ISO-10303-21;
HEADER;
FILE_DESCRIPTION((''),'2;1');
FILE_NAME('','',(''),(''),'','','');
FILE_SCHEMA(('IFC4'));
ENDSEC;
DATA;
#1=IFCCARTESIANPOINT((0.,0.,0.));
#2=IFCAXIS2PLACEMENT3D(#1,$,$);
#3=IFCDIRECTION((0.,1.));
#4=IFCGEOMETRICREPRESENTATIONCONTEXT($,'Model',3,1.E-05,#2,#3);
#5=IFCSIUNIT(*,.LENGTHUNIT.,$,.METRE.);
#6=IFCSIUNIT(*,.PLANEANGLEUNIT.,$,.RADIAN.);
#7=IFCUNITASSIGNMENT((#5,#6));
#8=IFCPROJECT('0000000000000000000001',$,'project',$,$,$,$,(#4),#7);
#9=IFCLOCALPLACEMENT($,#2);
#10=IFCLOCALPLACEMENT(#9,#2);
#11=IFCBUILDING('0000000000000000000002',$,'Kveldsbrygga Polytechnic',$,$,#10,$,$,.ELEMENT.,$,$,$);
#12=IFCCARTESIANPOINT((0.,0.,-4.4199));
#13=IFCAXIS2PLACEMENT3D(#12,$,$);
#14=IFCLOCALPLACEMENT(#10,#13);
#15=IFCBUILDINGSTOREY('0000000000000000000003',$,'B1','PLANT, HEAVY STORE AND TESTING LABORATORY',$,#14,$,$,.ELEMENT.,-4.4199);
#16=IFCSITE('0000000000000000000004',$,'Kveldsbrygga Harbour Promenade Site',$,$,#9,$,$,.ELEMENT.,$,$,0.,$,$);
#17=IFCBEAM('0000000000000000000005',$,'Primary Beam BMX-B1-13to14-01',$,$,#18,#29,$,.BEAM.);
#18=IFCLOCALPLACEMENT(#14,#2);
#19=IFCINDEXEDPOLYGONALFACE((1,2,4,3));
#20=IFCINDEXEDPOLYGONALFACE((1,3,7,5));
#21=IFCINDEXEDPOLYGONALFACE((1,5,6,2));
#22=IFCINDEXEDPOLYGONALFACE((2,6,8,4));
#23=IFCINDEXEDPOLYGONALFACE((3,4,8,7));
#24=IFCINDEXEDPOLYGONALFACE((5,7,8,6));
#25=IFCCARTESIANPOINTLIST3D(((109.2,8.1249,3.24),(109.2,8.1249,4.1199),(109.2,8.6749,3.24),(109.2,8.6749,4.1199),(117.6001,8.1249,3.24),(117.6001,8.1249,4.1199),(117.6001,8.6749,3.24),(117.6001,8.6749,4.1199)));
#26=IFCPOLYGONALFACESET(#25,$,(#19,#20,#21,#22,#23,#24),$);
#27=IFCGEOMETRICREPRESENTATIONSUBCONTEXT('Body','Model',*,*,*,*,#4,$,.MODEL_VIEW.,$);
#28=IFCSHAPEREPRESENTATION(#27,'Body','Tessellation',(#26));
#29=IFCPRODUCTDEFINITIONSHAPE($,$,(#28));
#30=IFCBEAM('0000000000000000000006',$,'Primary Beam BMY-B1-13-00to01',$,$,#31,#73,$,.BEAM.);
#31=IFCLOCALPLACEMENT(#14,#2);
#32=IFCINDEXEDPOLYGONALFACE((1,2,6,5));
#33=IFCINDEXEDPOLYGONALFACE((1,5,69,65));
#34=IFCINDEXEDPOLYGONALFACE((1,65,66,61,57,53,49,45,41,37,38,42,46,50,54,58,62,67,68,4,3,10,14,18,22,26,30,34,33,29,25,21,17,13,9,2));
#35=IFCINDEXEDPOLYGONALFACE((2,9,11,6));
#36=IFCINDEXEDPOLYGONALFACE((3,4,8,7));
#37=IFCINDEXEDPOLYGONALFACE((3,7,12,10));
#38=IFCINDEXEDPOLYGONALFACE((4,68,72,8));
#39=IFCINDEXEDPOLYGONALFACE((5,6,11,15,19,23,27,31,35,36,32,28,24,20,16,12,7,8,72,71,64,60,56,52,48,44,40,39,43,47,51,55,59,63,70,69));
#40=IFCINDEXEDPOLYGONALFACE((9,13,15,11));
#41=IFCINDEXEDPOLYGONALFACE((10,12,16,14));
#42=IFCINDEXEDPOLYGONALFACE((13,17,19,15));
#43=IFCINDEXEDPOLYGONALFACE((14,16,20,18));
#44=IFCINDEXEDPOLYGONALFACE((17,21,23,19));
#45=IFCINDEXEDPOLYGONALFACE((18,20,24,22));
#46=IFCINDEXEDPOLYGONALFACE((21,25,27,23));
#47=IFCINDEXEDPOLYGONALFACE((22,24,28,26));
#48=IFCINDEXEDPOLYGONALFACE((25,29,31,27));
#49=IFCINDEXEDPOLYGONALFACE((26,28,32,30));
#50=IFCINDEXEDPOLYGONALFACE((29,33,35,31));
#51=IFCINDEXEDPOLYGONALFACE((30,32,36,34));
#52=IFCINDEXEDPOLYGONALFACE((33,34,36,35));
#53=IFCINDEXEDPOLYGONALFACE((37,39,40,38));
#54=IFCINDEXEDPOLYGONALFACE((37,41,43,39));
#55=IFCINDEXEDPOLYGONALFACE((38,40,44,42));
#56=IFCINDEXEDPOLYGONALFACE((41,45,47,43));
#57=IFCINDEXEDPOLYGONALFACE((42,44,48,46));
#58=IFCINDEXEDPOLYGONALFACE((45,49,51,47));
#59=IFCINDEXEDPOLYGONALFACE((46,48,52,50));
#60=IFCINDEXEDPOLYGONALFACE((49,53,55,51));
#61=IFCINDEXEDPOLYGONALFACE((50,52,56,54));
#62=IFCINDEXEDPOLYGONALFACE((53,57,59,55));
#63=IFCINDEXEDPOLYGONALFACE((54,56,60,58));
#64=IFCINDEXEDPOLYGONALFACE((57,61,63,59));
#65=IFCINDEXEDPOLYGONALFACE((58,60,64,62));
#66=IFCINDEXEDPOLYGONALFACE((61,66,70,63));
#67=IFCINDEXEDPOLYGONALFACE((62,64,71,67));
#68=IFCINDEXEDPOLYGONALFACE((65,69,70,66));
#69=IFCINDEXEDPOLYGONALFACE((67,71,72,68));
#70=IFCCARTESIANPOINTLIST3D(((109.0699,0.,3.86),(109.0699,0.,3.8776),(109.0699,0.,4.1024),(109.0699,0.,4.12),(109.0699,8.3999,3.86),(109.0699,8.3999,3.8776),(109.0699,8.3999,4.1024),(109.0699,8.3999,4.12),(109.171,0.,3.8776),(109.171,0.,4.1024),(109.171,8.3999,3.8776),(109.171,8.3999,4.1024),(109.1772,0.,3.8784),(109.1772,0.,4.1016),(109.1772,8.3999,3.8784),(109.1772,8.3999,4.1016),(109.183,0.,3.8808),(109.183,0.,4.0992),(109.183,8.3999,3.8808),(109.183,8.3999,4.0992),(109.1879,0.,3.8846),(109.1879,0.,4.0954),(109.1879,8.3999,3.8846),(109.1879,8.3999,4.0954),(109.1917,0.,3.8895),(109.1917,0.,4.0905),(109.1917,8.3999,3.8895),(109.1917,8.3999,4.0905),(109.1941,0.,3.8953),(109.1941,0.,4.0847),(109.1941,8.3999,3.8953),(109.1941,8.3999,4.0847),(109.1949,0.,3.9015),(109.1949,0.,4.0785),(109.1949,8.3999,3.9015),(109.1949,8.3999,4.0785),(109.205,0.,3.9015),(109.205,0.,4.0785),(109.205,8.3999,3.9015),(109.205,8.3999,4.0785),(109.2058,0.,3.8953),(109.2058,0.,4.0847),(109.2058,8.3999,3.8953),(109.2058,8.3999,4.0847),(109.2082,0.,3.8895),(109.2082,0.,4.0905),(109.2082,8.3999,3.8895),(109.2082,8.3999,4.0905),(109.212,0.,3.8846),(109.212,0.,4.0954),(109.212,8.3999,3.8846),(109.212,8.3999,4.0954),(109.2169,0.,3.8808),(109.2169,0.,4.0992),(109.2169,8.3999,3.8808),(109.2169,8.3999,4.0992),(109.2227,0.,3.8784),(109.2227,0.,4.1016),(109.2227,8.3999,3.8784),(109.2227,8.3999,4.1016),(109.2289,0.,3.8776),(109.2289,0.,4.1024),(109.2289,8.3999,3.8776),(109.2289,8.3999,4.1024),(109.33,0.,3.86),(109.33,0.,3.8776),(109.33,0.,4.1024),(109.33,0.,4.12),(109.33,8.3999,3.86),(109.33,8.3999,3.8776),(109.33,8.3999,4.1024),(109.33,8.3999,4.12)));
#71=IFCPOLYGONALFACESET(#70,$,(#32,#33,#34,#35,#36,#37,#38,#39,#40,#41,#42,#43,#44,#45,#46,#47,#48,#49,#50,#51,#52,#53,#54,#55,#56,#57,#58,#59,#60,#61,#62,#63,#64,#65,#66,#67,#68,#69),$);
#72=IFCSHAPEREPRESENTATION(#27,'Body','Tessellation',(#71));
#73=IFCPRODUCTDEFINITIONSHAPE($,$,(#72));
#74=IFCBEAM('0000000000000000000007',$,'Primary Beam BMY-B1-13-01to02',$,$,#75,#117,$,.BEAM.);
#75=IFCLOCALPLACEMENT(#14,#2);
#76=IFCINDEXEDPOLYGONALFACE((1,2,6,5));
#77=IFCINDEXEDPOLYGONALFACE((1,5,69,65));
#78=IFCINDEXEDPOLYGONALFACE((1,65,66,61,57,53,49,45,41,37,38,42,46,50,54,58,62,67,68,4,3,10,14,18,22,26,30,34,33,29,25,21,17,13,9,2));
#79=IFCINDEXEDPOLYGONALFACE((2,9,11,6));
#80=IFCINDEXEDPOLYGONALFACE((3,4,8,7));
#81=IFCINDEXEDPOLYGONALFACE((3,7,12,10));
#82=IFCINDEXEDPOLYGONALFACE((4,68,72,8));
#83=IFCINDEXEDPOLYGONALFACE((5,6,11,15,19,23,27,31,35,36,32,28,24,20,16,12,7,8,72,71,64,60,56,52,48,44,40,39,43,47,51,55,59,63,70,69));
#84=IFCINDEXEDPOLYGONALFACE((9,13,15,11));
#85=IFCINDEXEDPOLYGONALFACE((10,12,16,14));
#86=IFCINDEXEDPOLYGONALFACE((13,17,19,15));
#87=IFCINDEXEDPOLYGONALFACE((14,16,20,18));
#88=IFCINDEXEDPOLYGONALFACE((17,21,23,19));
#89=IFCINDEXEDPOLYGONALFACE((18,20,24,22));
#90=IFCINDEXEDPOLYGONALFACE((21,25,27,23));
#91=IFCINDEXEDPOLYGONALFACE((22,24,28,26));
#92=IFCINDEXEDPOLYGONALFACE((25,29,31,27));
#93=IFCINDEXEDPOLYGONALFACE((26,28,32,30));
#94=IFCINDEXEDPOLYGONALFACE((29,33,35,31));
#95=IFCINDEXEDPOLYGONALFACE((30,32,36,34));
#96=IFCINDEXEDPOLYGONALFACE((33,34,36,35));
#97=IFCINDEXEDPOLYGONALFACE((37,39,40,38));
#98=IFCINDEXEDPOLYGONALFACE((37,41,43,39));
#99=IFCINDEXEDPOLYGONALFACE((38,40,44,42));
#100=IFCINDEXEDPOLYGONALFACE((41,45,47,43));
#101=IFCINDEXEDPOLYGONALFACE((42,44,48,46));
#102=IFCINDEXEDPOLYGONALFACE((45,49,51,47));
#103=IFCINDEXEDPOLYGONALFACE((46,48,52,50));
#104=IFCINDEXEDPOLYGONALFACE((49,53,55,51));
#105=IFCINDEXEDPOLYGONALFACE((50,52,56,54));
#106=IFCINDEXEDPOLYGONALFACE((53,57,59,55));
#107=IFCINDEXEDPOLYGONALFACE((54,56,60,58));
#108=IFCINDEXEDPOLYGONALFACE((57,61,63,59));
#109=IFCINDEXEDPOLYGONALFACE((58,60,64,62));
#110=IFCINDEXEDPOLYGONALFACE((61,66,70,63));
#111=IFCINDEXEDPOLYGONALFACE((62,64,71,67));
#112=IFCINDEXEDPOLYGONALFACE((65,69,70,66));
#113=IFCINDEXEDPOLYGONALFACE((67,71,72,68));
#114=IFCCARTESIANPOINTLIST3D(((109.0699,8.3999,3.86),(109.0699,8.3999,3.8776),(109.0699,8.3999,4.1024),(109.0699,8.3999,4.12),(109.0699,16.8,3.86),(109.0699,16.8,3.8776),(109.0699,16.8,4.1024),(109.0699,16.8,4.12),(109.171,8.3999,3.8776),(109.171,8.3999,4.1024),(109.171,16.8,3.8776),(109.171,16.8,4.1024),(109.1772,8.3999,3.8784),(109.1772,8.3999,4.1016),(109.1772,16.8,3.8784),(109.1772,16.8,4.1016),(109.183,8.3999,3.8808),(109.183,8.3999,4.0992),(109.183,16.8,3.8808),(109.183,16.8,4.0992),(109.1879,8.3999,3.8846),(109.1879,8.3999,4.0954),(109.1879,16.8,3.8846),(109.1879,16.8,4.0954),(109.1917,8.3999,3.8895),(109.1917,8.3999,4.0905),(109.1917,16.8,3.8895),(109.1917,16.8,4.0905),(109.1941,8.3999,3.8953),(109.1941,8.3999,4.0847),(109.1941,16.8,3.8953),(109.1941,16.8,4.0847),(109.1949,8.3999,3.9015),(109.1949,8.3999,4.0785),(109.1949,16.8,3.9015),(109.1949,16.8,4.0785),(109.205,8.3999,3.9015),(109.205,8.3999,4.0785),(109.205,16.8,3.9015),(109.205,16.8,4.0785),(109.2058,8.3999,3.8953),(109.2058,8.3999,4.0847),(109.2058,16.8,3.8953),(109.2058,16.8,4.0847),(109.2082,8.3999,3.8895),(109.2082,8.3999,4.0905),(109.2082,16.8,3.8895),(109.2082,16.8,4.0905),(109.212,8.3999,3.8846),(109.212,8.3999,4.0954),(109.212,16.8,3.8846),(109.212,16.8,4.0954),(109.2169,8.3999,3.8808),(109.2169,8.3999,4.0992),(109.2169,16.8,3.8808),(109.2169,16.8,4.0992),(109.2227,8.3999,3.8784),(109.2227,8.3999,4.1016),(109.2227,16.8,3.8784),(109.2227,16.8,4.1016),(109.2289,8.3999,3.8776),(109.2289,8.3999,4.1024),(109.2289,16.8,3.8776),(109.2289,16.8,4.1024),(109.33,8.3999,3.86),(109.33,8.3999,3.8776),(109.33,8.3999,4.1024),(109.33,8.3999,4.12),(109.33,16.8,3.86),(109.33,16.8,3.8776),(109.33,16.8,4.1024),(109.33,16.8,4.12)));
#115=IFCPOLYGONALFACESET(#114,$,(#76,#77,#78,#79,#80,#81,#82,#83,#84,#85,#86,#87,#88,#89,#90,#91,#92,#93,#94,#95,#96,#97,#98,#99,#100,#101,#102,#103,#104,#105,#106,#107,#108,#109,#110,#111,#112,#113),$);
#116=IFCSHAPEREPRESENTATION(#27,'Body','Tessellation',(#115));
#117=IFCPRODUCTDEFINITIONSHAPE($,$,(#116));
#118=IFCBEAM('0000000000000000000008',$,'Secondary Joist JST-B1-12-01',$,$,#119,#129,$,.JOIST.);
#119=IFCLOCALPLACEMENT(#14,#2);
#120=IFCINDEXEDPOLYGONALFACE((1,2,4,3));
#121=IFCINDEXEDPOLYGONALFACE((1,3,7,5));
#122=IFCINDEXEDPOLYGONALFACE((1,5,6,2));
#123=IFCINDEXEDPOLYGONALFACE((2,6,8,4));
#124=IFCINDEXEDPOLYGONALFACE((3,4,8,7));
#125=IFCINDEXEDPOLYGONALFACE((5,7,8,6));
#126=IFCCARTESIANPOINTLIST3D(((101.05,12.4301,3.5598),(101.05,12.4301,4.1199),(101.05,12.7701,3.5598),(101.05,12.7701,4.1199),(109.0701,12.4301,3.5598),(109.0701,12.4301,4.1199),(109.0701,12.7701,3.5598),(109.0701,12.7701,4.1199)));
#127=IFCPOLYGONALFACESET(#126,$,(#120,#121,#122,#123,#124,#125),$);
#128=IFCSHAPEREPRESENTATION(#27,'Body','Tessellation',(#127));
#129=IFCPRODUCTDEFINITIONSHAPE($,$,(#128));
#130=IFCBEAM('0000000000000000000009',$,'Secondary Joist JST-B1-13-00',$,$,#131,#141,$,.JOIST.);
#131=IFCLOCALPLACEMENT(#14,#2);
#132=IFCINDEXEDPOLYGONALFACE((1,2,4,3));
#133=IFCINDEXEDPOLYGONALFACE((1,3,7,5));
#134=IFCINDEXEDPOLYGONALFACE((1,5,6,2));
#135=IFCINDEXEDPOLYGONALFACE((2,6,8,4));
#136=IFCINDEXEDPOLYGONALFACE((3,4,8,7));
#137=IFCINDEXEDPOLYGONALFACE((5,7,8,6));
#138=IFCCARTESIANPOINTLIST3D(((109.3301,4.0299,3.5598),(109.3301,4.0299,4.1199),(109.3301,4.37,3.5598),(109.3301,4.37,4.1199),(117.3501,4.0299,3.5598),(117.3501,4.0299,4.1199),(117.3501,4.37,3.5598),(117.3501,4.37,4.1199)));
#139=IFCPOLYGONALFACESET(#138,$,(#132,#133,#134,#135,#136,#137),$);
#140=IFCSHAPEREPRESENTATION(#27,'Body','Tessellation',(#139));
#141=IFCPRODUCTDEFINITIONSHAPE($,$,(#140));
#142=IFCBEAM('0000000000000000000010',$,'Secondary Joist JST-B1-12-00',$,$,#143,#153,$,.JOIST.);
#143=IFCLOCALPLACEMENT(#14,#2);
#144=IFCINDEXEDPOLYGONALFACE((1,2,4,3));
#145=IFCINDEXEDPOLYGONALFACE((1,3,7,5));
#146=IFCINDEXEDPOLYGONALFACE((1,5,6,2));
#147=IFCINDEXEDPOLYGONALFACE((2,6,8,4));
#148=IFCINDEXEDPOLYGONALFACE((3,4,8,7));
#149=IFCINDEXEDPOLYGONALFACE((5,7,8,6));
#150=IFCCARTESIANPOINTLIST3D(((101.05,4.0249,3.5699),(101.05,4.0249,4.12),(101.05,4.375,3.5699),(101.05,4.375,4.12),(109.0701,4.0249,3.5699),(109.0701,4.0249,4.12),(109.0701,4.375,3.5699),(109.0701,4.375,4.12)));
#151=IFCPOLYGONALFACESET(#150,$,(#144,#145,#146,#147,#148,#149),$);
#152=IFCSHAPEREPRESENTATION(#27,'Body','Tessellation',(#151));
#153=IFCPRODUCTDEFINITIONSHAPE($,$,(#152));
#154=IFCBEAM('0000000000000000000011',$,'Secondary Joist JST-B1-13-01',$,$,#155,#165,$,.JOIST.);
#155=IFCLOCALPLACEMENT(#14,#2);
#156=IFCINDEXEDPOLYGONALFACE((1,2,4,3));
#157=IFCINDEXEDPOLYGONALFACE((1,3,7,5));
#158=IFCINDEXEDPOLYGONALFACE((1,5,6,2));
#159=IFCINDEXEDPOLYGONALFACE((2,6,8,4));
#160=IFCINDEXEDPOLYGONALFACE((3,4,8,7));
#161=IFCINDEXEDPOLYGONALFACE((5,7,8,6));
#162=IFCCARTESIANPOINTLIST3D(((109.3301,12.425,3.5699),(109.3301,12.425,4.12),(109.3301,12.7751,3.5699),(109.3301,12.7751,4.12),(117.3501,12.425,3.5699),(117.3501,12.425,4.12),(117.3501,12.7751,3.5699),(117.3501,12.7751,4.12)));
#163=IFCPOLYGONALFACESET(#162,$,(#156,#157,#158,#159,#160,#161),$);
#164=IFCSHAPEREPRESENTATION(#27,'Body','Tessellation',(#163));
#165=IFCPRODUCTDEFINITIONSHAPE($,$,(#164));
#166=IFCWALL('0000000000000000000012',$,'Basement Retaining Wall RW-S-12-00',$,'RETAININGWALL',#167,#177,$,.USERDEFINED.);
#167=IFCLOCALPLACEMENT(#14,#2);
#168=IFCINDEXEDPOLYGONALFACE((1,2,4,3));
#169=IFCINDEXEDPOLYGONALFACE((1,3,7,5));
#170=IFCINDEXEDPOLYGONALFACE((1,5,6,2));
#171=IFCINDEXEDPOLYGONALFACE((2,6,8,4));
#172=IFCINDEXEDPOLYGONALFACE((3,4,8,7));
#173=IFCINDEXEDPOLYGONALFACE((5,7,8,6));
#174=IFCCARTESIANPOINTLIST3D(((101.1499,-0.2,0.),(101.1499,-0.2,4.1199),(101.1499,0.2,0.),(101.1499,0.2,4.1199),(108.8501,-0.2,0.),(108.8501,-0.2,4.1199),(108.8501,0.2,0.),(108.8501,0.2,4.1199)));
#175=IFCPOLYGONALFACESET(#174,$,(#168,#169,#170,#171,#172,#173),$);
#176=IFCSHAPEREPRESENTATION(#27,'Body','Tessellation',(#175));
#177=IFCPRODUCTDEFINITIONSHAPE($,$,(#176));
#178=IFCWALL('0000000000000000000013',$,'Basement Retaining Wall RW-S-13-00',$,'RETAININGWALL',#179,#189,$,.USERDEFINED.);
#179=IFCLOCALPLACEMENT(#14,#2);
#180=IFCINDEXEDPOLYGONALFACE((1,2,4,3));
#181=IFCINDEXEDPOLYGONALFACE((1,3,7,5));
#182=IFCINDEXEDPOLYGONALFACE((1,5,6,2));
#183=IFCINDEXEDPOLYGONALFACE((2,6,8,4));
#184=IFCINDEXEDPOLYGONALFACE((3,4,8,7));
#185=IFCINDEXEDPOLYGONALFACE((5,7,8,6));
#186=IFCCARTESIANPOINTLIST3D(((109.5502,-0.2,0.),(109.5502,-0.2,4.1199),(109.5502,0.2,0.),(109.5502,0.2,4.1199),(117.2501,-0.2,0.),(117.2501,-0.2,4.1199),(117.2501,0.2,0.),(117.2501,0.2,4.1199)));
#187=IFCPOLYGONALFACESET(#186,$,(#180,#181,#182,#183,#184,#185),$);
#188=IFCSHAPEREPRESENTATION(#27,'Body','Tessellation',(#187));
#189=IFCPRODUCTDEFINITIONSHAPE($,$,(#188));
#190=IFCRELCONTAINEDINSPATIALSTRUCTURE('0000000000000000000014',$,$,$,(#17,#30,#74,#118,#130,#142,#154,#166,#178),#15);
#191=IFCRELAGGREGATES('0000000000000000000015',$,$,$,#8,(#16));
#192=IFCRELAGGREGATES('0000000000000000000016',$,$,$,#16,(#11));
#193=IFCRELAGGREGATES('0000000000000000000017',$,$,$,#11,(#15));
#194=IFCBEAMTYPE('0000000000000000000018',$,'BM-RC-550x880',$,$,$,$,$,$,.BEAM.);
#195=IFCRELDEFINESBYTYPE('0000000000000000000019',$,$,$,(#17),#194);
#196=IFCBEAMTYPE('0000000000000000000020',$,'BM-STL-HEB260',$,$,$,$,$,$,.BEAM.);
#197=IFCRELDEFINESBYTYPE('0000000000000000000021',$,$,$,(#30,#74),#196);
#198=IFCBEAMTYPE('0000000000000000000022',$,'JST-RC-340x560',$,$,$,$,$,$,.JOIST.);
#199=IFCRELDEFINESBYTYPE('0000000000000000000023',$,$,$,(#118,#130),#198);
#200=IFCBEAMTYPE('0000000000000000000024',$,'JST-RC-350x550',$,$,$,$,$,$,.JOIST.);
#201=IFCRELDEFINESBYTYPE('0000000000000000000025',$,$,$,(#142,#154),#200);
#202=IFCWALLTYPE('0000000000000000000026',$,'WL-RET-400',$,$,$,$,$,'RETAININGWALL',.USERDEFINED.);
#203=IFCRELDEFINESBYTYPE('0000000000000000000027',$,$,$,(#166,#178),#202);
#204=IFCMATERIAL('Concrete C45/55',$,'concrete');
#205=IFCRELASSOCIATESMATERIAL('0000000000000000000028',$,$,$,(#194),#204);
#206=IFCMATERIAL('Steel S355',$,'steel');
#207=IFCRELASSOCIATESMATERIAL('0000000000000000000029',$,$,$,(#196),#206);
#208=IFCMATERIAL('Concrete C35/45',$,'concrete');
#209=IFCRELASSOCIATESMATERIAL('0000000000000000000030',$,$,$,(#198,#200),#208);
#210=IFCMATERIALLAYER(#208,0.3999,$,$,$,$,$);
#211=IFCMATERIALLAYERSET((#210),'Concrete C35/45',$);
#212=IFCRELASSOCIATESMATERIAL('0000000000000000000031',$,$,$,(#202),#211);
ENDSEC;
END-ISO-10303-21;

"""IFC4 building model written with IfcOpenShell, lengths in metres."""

from ifc_helpers import new_model, si_unit, direction, frame, frame_2d, origin, origin_2d, place, context, subcontext, project, spatial, rectangle, i_section, extrude, material, layer, layer_set, material_profile, profile_set, type_object, element, save


model = new_model("IFC4")

# Units and contexts
model_context = context("Model", 3, precision=1e-05, world=origin(), true_north=direction((0.0, 1.0)))
body_context = subcontext(model_context, "Body", "Model", "MODEL_VIEW")
ifc_project = project(units=[si_unit("LENGTHUNIT", "METRE"), si_unit("PLANEANGLEUNIT", "RADIAN")], contexts=[model_context])

# Site, building, storey
site_placement = place(None, origin())
site = spatial("IfcSite", under=ifc_project, at=site_placement, Name="Kveldsbrygga Harbour Promenade Site", CompositionType="ELEMENT", RefElevation=0.0)
building_placement = place(site_placement, origin())
building = spatial("IfcBuilding", under=site, at=building_placement, Name="Kveldsbrygga Polytechnic", CompositionType="ELEMENT")
storey_placement = place(building_placement, frame((0.0, 0.0, -4.4199)))
storey = spatial("IfcBuildingStorey", under=building, at=storey_placement, Name="B1", Description="PLANT, HEAVY STORE AND TESTING LABORATORY", CompositionType="ELEMENT", Elevation=-4.4199)

# Shared definitions
ifc_material_1 = material(Name="Concrete C45/55", Category="concrete")

# Beams
ifc_material_2 = material(Name="Concrete C35/45", Category="concrete")
ifc_material_profile_1 = material_profile(ifc_material_1, rectangle(XDim=0.55, YDim=0.8799, at=origin_2d()), Name="RC 550x880")
ifc_profile_set_1 = profile_set([ifc_material_profile_1], Name="Concrete C45/55")
beam_type_1 = type_object("IfcBeamType", Name="BM-RC-550x880", PredefinedType="BEAM", material=ifc_profile_set_1)
beam_1_placement = place(storey_placement, frame((109.2, 8.3999, 3.6799), z_axis=(1.0, 0.0, 0.0), x_axis=(0.0, 1.0, 0.0)))
element("IfcBeam", 1, at=beam_1_placement, inside=storey, type_object=beam_type_1, Name="Primary Beam BMX-B1-13to14-01", PredefinedType="BEAM", context=body_context, shape_type="SweptSolid", body=[
    extrude(rectangle(XDim=0.55, YDim=0.8799, at=origin_2d()), origin(), (0.0, 0.0, 1.0), 8.4001),
])
ifc_material_3 = material(Name="Steel S355", Category="steel")
ifc_material_profile_2 = material_profile(ifc_material_3, i_section(OverallWidth=0.26, OverallDepth=0.26, WebThickness=0.01, FlangeThickness=0.0176, FilletRadius=0.0239, at=origin_2d()), Name="HEB 260")
ifc_profile_set_2 = profile_set([ifc_material_profile_2], Name="Steel S355")
beam_type_2 = type_object("IfcBeamType", Name="BM-STL-HEB260", PredefinedType="BEAM", material=ifc_profile_set_2)
beam_2_placement = place(storey_placement, frame((109.2, 0.0, 3.99), z_axis=(0.0, 1.0, 0.0), x_axis=(-1.0, 0.0, 0.0)))
element("IfcBeam", 2, at=beam_2_placement, inside=storey, type_object=beam_type_2, Name="Primary Beam BMY-B1-13-00to01", PredefinedType="BEAM", context=body_context, shape_type="SweptSolid", body=[
    extrude(i_section(OverallWidth=0.26, OverallDepth=0.26, WebThickness=0.01, FlangeThickness=0.0176, FilletRadius=0.0239, at=origin_2d()), origin(), (0.0, 0.0, 1.0), 8.3999),
])
beam_3_placement = place(storey_placement, frame((109.2, 8.3999, 3.99), z_axis=(0.0, 1.0, 0.0), x_axis=(-1.0, 0.0, 0.0)))
element("IfcBeam", 3, at=beam_3_placement, inside=storey, type_object=beam_type_2, Name="Primary Beam BMY-B1-13-01to02", PredefinedType="BEAM", context=body_context, shape_type="SweptSolid", body=[
    extrude(i_section(OverallWidth=0.26, OverallDepth=0.26, WebThickness=0.01, FlangeThickness=0.0176, FilletRadius=0.0239, at=origin_2d()), origin(), (0.0, 0.0, 1.0), 8.4001),
])
ifc_material_profile_3 = material_profile(ifc_material_2, rectangle(XDim=0.3401, YDim=0.5601, at=origin_2d()), Name="RC 340x560")
ifc_profile_set_3 = profile_set([ifc_material_profile_3], Name="Concrete C35/45")
beam_type_3 = type_object("IfcBeamType", Name="JST-RC-340x560", PredefinedType="JOIST", material=ifc_profile_set_3)
for number, where, z_axis, x_axis, name in (
    (4, (101.05, 12.6001, 3.8398), (1.0, 0.0, 0.0), (0.0, 1.0, 0.0), "Secondary Joist JST-B1-12-01"),
    (5, (109.3301, 4.2, 3.8398), (1.0, 0.0, 0.0), (0.0, 1.0, 0.0), "Secondary Joist JST-B1-13-00"),
):
    element("IfcBeam", number, at=place(storey_placement, frame(where, z_axis=z_axis, x_axis=x_axis)), inside=storey, type_object=beam_type_3, Name=name, PredefinedType="JOIST", context=body_context, shape_type="SweptSolid", body=[
        extrude(rectangle(XDim=0.3401, YDim=0.5601, at=origin_2d()), origin(), (0.0, 0.0, 1.0), 8.02),
    ])
ifc_material_profile_4 = material_profile(ifc_material_2, rectangle(XDim=0.3501, YDim=0.55, at=origin_2d()), Name="RC 350x550")
ifc_profile_set_4 = profile_set([ifc_material_profile_4], Name="Concrete C35/45")
beam_type_4 = type_object("IfcBeamType", Name="JST-RC-350x550", PredefinedType="JOIST", material=ifc_profile_set_4)
for number, where, z_axis, x_axis, name in (
    (6, (101.05, 4.2, 3.845), (1.0, 0.0, 0.0), (0.0, 1.0, 0.0), "Secondary Joist JST-B1-12-00"),
    (7, (109.3301, 12.6001, 3.845), (1.0, 0.0, 0.0), (0.0, 1.0, 0.0), "Secondary Joist JST-B1-13-01"),
):
    element("IfcBeam", number, at=place(storey_placement, frame(where, z_axis=z_axis, x_axis=x_axis)), inside=storey, type_object=beam_type_4, Name=name, PredefinedType="JOIST", context=body_context, shape_type="SweptSolid", body=[
        extrude(rectangle(XDim=0.3501, YDim=0.55, at=origin_2d()), origin(), (0.0, 0.0, 1.0), 8.02),
    ])

# Walls
ifc_layer = layer(ifc_material_2, 0.3999)
ifc_layer_set = layer_set([ifc_layer], Name="Concrete C35/45")
wall_type = type_object("IfcWallType", Name="WL-RET-400", ElementType="RETAININGWALL", PredefinedType="USERDEFINED", material=ifc_layer_set)
wall_1_placement = place(storey_placement, frame((101.1499, 0.0, 0.0), z_axis=(0.0, 0.0, 1.0), x_axis=(1.0, 0.0, 0.0)))
element("IfcWall", 8, at=wall_1_placement, inside=storey, type_object=wall_type, Name="Basement Retaining Wall RW-S-12-00", ObjectType="RETAININGWALL", PredefinedType="USERDEFINED", context=body_context, shape_type="SweptSolid", body=[
    extrude(rectangle(XDim=7.7002, YDim=0.3999, at=frame_2d((3.8501, 0.0))), origin(), (0.0, 0.0, 1.0), 4.1199),
])
wall_2_placement = place(storey_placement, frame((109.55, 0.0, 0.0), z_axis=(0.0, 0.0, 1.0), x_axis=(1.0, 0.0, 0.0)))
element("IfcWall", 9, at=wall_2_placement, inside=storey, type_object=wall_type, Name="Basement Retaining Wall RW-S-13-00", ObjectType="RETAININGWALL", PredefinedType="USERDEFINED", context=body_context, shape_type="SweptSolid", body=[
    extrude(rectangle(XDim=7.7, YDim=0.3999, at=frame_2d((3.8501, 0.0))), origin(), (0.0, 0.0, 1.0), 4.1199),
])

save(model, "model.ifc")
